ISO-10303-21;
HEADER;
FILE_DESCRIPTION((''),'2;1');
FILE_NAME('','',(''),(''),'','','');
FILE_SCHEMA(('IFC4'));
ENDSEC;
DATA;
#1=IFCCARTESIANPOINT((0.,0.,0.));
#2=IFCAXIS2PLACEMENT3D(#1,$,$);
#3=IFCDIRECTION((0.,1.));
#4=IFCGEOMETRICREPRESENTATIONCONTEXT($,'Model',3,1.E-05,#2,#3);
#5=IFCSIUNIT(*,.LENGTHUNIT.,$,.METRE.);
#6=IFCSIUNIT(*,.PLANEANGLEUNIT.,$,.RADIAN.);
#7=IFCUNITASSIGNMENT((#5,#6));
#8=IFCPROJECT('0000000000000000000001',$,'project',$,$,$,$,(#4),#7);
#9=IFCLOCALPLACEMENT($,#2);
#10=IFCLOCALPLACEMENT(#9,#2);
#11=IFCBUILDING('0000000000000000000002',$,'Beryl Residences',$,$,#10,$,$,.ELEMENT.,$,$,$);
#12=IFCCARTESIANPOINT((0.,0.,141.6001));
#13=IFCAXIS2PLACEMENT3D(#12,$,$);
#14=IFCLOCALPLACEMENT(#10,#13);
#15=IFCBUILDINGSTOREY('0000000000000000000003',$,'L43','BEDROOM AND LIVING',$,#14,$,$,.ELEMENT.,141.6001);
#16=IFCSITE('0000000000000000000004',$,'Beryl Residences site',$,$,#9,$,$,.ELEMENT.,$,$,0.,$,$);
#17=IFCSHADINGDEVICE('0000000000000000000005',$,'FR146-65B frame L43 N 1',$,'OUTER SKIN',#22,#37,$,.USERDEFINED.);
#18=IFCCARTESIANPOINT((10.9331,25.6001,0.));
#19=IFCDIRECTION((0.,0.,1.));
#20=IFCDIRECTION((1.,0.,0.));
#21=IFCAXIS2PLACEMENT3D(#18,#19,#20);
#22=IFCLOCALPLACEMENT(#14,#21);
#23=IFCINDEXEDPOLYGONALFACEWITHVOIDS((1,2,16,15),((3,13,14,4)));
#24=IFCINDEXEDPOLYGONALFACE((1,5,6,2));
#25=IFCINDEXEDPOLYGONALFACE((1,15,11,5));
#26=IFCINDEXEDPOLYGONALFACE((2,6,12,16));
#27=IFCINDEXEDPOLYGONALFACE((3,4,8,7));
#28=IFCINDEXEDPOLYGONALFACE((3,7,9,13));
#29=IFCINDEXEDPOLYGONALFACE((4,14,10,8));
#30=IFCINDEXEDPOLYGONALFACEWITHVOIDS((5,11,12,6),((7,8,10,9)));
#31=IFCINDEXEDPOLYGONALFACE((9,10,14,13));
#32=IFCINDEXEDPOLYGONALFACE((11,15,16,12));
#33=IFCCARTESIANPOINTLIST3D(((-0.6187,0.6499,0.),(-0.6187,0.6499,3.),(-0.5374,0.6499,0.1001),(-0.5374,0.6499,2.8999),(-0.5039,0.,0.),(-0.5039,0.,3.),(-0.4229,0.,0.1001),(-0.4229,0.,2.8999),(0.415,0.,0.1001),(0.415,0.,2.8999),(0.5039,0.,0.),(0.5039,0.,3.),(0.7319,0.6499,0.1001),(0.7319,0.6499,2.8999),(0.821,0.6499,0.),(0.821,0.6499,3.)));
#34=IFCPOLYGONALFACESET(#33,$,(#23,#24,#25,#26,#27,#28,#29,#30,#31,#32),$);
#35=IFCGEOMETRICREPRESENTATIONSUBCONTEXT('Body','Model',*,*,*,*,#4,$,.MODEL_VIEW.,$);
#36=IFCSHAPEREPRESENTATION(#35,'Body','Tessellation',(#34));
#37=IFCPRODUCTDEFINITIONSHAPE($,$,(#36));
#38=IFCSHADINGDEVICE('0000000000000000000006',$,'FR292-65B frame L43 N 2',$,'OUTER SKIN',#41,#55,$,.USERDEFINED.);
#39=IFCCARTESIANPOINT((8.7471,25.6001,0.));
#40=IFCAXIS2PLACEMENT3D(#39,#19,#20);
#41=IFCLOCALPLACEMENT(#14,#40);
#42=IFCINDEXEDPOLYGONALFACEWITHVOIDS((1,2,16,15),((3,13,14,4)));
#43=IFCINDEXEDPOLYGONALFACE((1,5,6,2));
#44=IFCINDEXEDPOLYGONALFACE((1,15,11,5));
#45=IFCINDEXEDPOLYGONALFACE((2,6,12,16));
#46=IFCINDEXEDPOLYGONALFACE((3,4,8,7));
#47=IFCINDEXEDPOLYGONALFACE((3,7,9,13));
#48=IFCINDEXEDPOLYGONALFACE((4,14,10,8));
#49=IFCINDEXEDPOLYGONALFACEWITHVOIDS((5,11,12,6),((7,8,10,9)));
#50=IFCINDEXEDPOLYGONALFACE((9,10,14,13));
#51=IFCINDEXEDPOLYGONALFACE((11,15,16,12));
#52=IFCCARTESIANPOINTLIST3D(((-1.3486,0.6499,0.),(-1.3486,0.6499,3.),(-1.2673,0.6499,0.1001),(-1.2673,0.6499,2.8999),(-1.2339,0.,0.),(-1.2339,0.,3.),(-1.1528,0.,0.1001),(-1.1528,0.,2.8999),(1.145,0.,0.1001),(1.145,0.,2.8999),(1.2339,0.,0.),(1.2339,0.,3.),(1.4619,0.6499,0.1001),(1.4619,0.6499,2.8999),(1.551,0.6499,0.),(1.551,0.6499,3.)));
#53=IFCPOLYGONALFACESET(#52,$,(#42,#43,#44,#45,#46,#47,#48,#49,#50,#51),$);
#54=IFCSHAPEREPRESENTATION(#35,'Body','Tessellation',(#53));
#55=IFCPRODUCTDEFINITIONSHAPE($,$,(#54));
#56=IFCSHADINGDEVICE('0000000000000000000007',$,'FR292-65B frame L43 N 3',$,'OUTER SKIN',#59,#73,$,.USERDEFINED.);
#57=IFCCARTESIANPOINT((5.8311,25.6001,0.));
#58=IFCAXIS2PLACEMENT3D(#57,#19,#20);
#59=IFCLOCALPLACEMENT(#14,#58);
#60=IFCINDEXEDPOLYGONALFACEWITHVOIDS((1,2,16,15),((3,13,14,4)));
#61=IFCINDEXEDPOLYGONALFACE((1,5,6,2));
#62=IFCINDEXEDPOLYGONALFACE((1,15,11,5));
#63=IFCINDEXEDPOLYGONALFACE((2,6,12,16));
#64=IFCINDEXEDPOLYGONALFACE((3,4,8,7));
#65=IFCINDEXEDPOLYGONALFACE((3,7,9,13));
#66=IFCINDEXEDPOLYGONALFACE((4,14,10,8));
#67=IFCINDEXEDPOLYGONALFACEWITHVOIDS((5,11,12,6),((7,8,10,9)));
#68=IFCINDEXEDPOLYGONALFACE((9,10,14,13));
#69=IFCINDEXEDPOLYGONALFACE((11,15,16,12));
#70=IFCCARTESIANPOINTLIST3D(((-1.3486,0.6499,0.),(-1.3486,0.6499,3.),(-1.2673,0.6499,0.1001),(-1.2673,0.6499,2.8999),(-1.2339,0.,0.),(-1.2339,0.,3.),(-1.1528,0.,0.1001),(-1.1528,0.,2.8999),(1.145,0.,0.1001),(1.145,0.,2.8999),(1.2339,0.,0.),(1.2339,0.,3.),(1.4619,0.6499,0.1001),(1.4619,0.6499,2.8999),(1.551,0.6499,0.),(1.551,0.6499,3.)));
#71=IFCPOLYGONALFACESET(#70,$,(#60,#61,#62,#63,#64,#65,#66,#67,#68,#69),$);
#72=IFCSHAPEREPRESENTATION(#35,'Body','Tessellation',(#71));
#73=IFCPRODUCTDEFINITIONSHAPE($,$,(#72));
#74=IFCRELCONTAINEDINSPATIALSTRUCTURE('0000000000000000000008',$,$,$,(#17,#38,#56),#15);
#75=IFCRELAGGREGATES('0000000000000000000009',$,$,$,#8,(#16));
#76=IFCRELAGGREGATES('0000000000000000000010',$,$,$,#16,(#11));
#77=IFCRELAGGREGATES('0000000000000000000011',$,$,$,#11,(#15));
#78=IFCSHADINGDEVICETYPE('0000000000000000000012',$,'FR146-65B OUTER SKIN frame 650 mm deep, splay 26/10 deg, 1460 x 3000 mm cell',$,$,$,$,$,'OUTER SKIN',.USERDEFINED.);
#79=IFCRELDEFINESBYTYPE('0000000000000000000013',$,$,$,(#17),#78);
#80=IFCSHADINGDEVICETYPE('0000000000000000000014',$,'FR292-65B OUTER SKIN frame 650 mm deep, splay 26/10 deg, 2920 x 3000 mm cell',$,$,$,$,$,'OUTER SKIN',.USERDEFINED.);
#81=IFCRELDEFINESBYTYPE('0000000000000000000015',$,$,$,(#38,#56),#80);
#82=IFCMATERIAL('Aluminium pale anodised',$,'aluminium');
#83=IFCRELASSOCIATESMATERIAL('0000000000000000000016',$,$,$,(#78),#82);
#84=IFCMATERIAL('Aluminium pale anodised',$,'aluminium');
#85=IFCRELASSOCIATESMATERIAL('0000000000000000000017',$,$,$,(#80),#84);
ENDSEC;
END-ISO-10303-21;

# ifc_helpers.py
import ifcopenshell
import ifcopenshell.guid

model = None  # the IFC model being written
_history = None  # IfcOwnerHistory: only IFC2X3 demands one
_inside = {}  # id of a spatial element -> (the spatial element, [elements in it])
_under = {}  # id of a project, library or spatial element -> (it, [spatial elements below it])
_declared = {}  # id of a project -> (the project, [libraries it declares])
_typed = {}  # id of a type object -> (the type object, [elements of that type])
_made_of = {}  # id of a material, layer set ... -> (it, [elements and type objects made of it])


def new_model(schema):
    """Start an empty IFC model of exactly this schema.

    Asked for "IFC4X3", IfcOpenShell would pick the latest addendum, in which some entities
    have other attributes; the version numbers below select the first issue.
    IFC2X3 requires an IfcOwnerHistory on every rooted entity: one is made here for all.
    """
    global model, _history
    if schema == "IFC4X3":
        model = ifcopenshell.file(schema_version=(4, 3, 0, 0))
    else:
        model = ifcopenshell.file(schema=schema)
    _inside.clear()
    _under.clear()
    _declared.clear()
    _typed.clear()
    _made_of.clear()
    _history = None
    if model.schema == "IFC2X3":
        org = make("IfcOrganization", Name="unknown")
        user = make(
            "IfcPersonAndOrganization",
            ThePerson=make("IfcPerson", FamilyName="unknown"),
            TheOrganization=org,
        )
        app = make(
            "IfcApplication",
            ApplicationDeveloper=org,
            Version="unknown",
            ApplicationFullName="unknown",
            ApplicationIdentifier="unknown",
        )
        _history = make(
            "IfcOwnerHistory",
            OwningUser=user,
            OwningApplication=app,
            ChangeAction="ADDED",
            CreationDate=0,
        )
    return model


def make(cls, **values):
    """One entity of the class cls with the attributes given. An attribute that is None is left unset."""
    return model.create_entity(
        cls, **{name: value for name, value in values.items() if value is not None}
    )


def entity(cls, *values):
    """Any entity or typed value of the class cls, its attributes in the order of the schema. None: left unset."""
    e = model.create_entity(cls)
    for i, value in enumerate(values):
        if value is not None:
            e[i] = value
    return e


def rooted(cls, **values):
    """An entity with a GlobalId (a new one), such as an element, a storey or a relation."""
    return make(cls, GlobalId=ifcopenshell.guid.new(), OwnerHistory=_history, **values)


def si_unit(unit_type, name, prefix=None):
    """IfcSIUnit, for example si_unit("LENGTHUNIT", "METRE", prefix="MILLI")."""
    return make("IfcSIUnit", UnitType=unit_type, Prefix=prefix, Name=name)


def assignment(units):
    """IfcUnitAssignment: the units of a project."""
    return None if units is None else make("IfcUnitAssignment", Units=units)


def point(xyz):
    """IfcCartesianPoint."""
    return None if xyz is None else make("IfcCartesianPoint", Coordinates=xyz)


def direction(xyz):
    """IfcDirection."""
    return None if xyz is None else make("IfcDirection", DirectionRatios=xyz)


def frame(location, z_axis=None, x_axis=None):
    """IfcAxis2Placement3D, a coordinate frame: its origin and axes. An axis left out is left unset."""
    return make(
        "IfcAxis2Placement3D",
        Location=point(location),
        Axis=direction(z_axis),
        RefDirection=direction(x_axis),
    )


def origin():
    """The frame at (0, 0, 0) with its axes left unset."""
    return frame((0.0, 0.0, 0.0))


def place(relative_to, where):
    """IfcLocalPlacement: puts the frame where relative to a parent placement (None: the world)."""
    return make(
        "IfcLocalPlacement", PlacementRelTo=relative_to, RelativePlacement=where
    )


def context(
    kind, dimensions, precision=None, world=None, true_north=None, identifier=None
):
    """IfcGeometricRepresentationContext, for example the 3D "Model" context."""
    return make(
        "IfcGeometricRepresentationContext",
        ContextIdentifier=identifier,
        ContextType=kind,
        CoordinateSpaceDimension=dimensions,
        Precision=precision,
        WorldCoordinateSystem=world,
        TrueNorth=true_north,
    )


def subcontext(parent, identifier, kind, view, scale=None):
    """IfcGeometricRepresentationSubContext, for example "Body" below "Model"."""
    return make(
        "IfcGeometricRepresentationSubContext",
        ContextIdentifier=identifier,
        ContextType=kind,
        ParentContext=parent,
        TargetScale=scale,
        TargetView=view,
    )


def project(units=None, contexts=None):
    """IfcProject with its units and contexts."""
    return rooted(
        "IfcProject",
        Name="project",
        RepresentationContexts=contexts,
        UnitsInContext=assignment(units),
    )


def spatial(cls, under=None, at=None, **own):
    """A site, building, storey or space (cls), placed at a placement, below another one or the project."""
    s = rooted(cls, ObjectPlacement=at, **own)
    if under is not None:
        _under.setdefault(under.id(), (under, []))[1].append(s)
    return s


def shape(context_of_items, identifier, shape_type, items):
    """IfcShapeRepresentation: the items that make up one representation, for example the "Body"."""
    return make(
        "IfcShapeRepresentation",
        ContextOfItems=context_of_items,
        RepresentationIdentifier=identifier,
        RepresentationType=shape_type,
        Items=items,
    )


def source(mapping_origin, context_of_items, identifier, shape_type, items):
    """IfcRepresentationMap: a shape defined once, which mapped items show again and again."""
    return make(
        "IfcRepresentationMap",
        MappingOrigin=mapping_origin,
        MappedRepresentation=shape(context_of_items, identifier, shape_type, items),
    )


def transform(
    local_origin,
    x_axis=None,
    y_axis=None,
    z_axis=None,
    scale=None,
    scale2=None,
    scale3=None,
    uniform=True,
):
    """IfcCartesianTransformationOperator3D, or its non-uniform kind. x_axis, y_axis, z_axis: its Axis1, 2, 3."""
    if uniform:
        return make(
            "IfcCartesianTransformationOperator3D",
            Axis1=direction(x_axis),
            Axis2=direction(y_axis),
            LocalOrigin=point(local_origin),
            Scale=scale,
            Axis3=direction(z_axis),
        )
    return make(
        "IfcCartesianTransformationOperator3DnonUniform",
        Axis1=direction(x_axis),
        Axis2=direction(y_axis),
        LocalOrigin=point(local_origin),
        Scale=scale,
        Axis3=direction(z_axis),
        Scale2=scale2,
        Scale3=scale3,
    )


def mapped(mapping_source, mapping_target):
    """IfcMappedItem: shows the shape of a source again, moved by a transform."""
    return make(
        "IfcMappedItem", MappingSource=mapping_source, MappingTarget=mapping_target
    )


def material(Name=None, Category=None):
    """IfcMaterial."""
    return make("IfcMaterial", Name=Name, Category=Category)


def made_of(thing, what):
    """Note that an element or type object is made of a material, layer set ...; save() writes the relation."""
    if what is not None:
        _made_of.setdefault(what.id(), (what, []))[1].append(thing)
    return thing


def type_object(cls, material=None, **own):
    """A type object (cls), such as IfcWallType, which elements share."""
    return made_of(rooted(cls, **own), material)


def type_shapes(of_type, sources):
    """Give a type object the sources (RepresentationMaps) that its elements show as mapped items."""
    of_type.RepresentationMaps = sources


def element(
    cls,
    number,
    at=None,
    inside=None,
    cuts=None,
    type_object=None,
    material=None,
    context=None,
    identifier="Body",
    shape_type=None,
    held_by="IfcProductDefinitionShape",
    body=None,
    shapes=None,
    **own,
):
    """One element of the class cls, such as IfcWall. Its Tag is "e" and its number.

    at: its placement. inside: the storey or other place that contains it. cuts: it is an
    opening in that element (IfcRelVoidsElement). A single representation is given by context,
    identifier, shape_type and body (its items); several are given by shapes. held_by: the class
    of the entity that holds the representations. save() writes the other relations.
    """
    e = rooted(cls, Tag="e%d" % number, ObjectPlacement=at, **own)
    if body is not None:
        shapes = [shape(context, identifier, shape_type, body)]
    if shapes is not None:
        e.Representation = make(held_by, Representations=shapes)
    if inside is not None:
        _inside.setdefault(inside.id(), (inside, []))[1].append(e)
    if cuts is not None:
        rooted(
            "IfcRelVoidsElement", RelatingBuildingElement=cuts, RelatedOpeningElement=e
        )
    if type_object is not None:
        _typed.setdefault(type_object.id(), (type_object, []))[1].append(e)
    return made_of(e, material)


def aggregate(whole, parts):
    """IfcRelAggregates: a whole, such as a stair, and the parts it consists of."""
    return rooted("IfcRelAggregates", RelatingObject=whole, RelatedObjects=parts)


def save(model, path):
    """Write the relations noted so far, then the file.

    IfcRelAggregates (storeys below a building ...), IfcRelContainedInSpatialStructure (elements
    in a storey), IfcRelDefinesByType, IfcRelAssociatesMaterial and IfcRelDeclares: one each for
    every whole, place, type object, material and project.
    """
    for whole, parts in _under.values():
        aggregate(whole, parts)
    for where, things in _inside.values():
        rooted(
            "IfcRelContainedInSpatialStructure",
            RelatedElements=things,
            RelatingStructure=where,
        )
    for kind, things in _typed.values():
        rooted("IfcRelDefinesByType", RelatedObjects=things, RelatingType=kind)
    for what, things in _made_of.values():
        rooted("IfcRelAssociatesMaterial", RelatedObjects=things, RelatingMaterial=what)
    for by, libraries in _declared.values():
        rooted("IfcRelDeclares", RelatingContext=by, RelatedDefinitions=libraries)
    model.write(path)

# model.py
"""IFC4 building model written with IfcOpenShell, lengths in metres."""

from ifc_helpers import new_model, entity, si_unit, direction, frame, origin, place, context, subcontext, project, spatial, source, transform, mapped, material, type_object, type_shapes, element, save


model = new_model("IFC4")

# Units and contexts
model_context = context("Model", 3, precision=1e-05, world=origin(), true_north=direction((0.0, 1.0)))
body_context = subcontext(model_context, "Body", "Model", "MODEL_VIEW")
ifc_project = project(units=[si_unit("LENGTHUNIT", "METRE"), si_unit("PLANEANGLEUNIT", "RADIAN")], contexts=[model_context])

# Site, building, storey
site_placement = place(None, origin())
site = spatial("IfcSite", under=ifc_project, at=site_placement, Name="Beryl Residences site", CompositionType="ELEMENT", RefElevation=0.0)
building_placement = place(site_placement, origin())
building = spatial("IfcBuilding", under=site, at=building_placement, Name="Beryl Residences", CompositionType="ELEMENT")
storey_placement = place(building_placement, frame((0.0, 0.0, 141.6001)))
storey = spatial("IfcBuildingStorey", under=building, at=storey_placement, Name="L43", Description="BEDROOM AND LIVING", CompositionType="ELEMENT", Elevation=141.6001)

# Shading devices
ifc_material_1 = material(Name="Aluminium pale anodised", Category="aluminium")
shading_device_type_1 = type_object("IfcShadingDeviceType", Name="FR146-65B OUTER SKIN frame 650 mm deep, splay 26/10 deg, 1460 x 3000 mm cell", ElementType="OUTER SKIN", PredefinedType="USERDEFINED", material=ifc_material_1)
cartesian_point_1 = entity("IfcCartesianPoint", [-0.5039, 0.0])
cartesian_point_2 = entity("IfcCartesianPoint", [-0.415, 0.1001])
cartesian_point_3 = entity("IfcCartesianPoint", [-0.821, 0.0])
cartesian_point_4 = entity("IfcCartesianPoint", [-0.7319, 0.1001])
shared_shape_1 = source(origin(), body_context, "Body", "SweptSolid", [
    entity("IfcExtrudedAreaSolidTapered", entity("IfcArbitraryProfileDefWithVoids", "AREA", None, entity("IfcPolyline", [cartesian_point_1, entity("IfcCartesianPoint", [0.5039, 0.0]), entity("IfcCartesianPoint", [0.5039, 3.0]), entity("IfcCartesianPoint", [-0.5039, 3.0]), cartesian_point_1]), [entity("IfcPolyline", [cartesian_point_2, entity("IfcCartesianPoint", [0.4229, 0.1001]), entity("IfcCartesianPoint", [0.4229, 2.8999]), entity("IfcCartesianPoint", [-0.415, 2.8999]), cartesian_point_2])]), entity("IfcAxis2Placement3D", entity("IfcCartesianPoint", [0.0, 0.0, 0.0]), entity("IfcDirection", [0.0, 1.0, 0.0]), entity("IfcDirection", [-1.0, 0.0, 0.0])), entity("IfcDirection", [0.0, 0.0, 1.0]), 0.6499, entity("IfcArbitraryProfileDefWithVoids", "AREA", None, entity("IfcPolyline", [cartesian_point_3, entity("IfcCartesianPoint", [0.6187, 0.0]), entity("IfcCartesianPoint", [0.6187, 3.0]), entity("IfcCartesianPoint", [-0.821, 3.0]), cartesian_point_3]), [entity("IfcPolyline", [cartesian_point_4, entity("IfcCartesianPoint", [0.5374, 0.1001]), entity("IfcCartesianPoint", [0.5374, 2.8999]), entity("IfcCartesianPoint", [-0.7319, 2.8999]), cartesian_point_4])])),
])
type_shapes(shading_device_type_1, [shared_shape_1])
shading_device_placement = place(storey_placement, frame((10.9331, 25.6001, 0.0), z_axis=(0.0, 0.0, 1.0), x_axis=(1.0, 0.0, 0.0)))
element("IfcShadingDevice", 1, at=shading_device_placement, inside=storey, type_object=shading_device_type_1, Name="FR146-65B frame L43 N 1", ObjectType="OUTER SKIN", PredefinedType="USERDEFINED", context=body_context, shape_type="MappedRepresentation", body=[
    mapped(shared_shape_1, transform((0.0, 0.0, 0.0))),
])
ifc_material_2 = material(Name="Aluminium pale anodised", Category="aluminium")
shading_device_type_2 = type_object("IfcShadingDeviceType", Name="FR292-65B OUTER SKIN frame 650 mm deep, splay 26/10 deg, 2920 x 3000 mm cell", ElementType="OUTER SKIN", PredefinedType="USERDEFINED", material=ifc_material_2)
cartesian_point_5 = entity("IfcCartesianPoint", [-1.2339, 0.0])
cartesian_point_6 = entity("IfcCartesianPoint", [-1.145, 0.1001])
cartesian_point_7 = entity("IfcCartesianPoint", [-1.551, 0.0])
cartesian_point_8 = entity("IfcCartesianPoint", [-1.4619, 0.1001])
shared_shape_2 = source(origin(), body_context, "Body", "SweptSolid", [
    entity("IfcExtrudedAreaSolidTapered", entity("IfcArbitraryProfileDefWithVoids", "AREA", None, entity("IfcPolyline", [cartesian_point_5, entity("IfcCartesianPoint", [1.2339, 0.0]), entity("IfcCartesianPoint", [1.2339, 3.0]), entity("IfcCartesianPoint", [-1.2339, 3.0]), cartesian_point_5]), [entity("IfcPolyline", [cartesian_point_6, entity("IfcCartesianPoint", [1.1528, 0.1001]), entity("IfcCartesianPoint", [1.1528, 2.8999]), entity("IfcCartesianPoint", [-1.145, 2.8999]), cartesian_point_6])]), entity("IfcAxis2Placement3D", entity("IfcCartesianPoint", [0.0, 0.0, 0.0]), entity("IfcDirection", [0.0, 1.0, 0.0]), entity("IfcDirection", [-1.0, 0.0, 0.0])), entity("IfcDirection", [0.0, 0.0, 1.0]), 0.6499, entity("IfcArbitraryProfileDefWithVoids", "AREA", None, entity("IfcPolyline", [cartesian_point_7, entity("IfcCartesianPoint", [1.3486, 0.0]), entity("IfcCartesianPoint", [1.3486, 3.0]), entity("IfcCartesianPoint", [-1.551, 3.0]), cartesian_point_7]), [entity("IfcPolyline", [cartesian_point_8, entity("IfcCartesianPoint", [1.2673, 0.1001]), entity("IfcCartesianPoint", [1.2673, 2.8999]), entity("IfcCartesianPoint", [-1.4619, 2.8999]), cartesian_point_8])])),
])
type_shapes(shading_device_type_2, [shared_shape_2])
for number, where, z_axis, x_axis, name in (
    (2, (8.7471, 25.6001, 0.0), (0.0, 0.0, 1.0), (1.0, 0.0, 0.0), "FR292-65B frame L43 N 2"),
    (3, (5.8311, 25.6001, 0.0), (0.0, 0.0, 1.0), (1.0, 0.0, 0.0), "FR292-65B frame L43 N 3"),
):
    element("IfcShadingDevice", number, at=place(storey_placement, frame(where, z_axis=z_axis, x_axis=x_axis)), inside=storey, type_object=shading_device_type_2, Name=name, ObjectType="OUTER SKIN", PredefinedType="USERDEFINED", context=body_context, shape_type="MappedRepresentation", body=[
        mapped(shared_shape_2, transform((0.0, 0.0, 0.0))),
    ])

save(model, "model.ifc")
